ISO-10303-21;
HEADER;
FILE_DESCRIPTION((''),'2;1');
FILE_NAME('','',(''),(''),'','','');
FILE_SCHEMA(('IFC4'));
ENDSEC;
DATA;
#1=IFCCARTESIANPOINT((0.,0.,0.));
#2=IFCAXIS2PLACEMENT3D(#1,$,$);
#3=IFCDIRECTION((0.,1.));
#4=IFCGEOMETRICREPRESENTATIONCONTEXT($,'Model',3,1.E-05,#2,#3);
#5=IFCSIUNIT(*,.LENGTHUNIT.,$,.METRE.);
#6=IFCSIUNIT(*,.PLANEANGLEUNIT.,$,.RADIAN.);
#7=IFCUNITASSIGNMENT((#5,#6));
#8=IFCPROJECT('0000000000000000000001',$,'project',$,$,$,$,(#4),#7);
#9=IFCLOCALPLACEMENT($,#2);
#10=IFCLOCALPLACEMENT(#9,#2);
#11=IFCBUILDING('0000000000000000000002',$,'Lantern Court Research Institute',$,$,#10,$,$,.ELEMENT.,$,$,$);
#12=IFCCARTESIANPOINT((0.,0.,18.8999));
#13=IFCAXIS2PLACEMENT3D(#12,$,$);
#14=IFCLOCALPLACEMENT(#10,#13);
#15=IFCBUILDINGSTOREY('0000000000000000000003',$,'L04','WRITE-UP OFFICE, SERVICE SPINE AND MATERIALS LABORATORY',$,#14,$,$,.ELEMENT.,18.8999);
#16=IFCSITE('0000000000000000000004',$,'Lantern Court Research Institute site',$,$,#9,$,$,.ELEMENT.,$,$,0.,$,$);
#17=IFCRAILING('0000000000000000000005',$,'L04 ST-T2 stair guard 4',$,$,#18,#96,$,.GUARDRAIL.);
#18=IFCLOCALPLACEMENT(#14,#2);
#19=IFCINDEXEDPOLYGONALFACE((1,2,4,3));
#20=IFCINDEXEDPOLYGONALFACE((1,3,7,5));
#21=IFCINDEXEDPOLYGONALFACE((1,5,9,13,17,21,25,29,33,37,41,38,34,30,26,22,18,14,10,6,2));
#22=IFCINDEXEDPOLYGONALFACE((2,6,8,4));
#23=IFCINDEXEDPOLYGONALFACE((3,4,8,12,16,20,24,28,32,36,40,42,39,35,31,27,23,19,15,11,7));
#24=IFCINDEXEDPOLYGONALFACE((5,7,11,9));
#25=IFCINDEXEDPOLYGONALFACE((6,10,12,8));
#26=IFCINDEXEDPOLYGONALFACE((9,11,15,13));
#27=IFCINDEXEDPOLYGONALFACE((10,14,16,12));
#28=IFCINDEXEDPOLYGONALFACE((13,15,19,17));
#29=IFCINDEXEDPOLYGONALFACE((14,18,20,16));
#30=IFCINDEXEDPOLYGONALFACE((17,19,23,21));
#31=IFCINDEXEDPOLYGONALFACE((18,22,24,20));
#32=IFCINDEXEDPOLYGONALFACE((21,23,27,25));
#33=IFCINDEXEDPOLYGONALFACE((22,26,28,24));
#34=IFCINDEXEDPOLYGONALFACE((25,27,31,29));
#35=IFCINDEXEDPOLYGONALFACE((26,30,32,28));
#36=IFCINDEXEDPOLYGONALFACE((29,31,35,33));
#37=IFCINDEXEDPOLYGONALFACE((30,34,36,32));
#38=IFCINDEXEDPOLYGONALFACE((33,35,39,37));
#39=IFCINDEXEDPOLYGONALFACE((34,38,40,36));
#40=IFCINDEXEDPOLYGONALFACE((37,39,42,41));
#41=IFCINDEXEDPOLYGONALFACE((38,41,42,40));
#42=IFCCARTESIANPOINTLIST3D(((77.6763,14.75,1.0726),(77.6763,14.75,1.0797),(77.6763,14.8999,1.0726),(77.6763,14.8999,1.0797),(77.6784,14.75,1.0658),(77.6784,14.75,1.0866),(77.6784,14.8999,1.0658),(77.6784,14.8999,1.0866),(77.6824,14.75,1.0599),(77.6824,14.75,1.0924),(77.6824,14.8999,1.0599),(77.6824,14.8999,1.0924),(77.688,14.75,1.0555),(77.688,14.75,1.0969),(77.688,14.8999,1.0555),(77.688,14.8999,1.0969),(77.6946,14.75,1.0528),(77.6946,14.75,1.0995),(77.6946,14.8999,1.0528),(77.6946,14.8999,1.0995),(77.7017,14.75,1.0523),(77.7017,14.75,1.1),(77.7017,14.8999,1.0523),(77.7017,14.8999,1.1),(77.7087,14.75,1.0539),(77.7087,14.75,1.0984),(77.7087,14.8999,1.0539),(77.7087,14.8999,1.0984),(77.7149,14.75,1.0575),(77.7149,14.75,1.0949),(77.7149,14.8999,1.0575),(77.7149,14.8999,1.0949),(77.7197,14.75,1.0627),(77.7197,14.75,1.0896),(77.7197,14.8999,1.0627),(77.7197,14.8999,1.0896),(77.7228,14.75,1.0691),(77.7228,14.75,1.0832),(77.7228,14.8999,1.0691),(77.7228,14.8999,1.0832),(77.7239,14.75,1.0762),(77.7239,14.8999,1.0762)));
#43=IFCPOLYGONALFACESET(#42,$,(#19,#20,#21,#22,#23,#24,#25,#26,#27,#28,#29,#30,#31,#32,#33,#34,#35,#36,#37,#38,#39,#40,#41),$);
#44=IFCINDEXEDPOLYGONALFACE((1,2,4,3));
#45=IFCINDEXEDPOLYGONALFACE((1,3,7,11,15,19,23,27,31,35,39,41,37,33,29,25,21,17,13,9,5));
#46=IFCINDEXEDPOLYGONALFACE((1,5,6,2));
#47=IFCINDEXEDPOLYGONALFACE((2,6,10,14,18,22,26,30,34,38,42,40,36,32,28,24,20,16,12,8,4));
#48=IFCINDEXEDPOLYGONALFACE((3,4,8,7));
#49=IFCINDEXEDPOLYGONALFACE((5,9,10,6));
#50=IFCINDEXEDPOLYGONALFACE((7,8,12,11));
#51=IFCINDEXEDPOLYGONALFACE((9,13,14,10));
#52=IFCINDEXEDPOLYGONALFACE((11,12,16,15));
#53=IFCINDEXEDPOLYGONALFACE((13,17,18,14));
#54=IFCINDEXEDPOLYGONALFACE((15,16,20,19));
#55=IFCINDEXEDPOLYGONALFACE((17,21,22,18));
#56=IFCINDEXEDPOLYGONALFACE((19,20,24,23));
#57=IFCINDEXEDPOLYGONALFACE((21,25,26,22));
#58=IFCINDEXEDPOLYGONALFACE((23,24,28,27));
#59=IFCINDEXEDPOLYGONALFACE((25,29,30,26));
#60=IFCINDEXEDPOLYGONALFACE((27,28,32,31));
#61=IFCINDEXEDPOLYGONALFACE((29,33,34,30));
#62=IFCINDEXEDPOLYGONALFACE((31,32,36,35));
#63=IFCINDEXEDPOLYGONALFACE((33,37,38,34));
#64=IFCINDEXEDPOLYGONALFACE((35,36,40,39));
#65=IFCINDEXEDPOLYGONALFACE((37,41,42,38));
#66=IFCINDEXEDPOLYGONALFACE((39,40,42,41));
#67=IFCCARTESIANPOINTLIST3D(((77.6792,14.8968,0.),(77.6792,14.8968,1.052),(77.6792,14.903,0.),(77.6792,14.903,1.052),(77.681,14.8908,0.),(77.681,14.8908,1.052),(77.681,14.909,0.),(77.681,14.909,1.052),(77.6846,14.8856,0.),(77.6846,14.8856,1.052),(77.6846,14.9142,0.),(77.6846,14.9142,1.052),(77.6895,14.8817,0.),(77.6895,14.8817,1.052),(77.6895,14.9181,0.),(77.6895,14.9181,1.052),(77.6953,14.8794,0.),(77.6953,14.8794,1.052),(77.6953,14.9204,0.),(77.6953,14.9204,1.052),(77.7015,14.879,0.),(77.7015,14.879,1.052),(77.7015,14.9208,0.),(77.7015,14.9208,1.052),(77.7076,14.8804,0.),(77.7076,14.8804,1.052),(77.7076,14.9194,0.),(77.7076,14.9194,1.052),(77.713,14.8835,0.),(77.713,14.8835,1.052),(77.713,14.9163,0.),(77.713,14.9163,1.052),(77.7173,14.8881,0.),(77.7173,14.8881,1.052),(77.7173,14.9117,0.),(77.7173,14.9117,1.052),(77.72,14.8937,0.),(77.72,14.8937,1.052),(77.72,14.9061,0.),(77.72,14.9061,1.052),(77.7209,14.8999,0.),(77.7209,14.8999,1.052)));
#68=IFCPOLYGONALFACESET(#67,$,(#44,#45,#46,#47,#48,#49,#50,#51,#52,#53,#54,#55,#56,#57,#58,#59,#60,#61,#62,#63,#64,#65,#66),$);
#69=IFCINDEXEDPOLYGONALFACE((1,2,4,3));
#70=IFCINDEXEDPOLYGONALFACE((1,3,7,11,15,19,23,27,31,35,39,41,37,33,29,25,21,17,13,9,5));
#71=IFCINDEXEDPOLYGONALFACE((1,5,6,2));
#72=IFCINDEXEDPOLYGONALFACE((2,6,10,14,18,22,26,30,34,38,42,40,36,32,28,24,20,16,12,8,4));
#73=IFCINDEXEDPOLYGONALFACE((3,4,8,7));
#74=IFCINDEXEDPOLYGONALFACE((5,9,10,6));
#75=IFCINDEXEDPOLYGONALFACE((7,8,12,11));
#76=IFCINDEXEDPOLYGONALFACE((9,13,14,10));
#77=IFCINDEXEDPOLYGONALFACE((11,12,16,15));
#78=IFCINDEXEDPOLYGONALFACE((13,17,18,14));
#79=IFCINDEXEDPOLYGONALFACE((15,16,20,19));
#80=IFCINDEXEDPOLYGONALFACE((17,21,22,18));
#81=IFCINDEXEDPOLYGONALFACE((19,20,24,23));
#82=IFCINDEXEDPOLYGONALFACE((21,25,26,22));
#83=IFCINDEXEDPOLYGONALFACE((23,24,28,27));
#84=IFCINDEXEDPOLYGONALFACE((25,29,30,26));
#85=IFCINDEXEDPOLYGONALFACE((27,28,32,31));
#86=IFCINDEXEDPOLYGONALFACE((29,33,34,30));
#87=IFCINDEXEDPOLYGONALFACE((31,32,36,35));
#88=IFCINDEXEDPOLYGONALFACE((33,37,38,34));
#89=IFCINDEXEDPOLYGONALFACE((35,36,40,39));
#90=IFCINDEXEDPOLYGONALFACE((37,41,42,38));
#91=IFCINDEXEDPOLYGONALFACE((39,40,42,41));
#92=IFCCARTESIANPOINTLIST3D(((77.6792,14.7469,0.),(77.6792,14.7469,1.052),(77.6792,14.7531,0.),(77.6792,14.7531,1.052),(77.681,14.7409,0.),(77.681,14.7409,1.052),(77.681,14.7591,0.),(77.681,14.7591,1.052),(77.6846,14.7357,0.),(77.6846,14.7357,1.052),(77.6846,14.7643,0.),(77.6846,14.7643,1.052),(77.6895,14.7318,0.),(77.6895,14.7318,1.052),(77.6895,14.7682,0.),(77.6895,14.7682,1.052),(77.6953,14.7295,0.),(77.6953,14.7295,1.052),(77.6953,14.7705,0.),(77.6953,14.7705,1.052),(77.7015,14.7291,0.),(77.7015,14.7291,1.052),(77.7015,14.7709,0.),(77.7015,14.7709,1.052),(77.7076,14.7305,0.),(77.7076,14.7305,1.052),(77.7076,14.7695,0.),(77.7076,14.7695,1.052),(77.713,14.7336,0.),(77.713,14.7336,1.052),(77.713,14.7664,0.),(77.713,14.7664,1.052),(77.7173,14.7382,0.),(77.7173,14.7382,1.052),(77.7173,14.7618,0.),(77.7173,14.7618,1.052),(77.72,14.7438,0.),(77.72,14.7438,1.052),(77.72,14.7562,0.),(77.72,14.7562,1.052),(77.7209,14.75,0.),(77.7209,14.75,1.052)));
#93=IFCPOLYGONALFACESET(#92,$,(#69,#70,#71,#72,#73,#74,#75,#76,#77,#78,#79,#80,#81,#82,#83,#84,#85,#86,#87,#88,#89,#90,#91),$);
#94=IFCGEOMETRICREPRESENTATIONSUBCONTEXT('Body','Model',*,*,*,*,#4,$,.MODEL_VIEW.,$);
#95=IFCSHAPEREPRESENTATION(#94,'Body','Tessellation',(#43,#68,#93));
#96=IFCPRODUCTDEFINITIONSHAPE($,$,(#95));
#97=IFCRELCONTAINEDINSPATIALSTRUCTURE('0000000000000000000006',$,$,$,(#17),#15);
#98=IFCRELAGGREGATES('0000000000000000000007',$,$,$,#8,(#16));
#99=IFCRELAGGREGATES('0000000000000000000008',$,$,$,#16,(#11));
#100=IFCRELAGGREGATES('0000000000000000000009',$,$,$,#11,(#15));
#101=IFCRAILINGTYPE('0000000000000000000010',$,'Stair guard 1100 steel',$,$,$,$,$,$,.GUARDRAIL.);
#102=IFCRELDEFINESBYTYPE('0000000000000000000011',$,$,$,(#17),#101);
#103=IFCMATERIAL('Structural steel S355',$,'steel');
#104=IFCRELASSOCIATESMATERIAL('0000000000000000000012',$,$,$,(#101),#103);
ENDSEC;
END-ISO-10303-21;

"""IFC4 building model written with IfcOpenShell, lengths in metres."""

from ifc_helpers import new_model, si_unit, direction, frame, origin, origin_2d, place, context, subcontext, project, spatial, circle, extrude, material, type_object, element, save


model = new_model("IFC4")

# Units and contexts
model_context = context("Model", 3, precision=1e-05, world=origin(), true_north=direction((0.0, 1.0)))
body_context = subcontext(model_context, "Body", "Model", "MODEL_VIEW")
ifc_project = project(units=[si_unit("LENGTHUNIT", "METRE"), si_unit("PLANEANGLEUNIT", "RADIAN")], contexts=[model_context])

# Site, building, storey
site_placement = place(None, origin())
site = spatial("IfcSite", under=ifc_project, at=site_placement, Name="Lantern Court Research Institute site", CompositionType="ELEMENT", RefElevation=0.0)
building_placement = place(site_placement, origin())
building = spatial("IfcBuilding", under=site, at=building_placement, Name="Lantern Court Research Institute", CompositionType="ELEMENT")
storey_placement = place(building_placement, frame((0.0, 0.0, 18.8999)))
storey = spatial("IfcBuildingStorey", under=building, at=storey_placement, Name="L04", Description="WRITE-UP OFFICE, SERVICE SPINE AND MATERIALS LABORATORY", CompositionType="ELEMENT", Elevation=18.8999)

# Railing
ifc_material_1 = material(Name="Structural steel S355", Category="steel")
railing_type_1 = type_object("IfcRailingType", Name="Stair guard 1100 steel", PredefinedType="GUARDRAIL", material=ifc_material_1)
railing_1_placement = place(storey_placement, frame((77.7, 14.8999, 0.0)))
element("IfcRailing", 1, at=railing_1_placement, inside=storey, type_object=railing_type_1, Name="L04 ST-T2 stair guard 4", PredefinedType="GUARDRAIL", context=body_context, shape_type="SweptSolid", body=[
    extrude(circle(Radius=0.0239, at=origin_2d()), frame((0.0, 0.0, 1.0762), z_axis=(0.0, -1.0, 0.0), x_axis=(1.0, 0.0, 0.0)), (0.0, 0.0, 1.0), 0.1499),
    extrude(circle(Radius=0.021, at=origin_2d()), origin(), (0.0, 0.0, 1.0), 1.052),
    extrude(circle(Radius=0.021, at=origin_2d()), frame((0.0, -0.1499, 0.0)), (0.0, 0.0, 1.0), 1.052),
])

save(model, "model.ifc")
